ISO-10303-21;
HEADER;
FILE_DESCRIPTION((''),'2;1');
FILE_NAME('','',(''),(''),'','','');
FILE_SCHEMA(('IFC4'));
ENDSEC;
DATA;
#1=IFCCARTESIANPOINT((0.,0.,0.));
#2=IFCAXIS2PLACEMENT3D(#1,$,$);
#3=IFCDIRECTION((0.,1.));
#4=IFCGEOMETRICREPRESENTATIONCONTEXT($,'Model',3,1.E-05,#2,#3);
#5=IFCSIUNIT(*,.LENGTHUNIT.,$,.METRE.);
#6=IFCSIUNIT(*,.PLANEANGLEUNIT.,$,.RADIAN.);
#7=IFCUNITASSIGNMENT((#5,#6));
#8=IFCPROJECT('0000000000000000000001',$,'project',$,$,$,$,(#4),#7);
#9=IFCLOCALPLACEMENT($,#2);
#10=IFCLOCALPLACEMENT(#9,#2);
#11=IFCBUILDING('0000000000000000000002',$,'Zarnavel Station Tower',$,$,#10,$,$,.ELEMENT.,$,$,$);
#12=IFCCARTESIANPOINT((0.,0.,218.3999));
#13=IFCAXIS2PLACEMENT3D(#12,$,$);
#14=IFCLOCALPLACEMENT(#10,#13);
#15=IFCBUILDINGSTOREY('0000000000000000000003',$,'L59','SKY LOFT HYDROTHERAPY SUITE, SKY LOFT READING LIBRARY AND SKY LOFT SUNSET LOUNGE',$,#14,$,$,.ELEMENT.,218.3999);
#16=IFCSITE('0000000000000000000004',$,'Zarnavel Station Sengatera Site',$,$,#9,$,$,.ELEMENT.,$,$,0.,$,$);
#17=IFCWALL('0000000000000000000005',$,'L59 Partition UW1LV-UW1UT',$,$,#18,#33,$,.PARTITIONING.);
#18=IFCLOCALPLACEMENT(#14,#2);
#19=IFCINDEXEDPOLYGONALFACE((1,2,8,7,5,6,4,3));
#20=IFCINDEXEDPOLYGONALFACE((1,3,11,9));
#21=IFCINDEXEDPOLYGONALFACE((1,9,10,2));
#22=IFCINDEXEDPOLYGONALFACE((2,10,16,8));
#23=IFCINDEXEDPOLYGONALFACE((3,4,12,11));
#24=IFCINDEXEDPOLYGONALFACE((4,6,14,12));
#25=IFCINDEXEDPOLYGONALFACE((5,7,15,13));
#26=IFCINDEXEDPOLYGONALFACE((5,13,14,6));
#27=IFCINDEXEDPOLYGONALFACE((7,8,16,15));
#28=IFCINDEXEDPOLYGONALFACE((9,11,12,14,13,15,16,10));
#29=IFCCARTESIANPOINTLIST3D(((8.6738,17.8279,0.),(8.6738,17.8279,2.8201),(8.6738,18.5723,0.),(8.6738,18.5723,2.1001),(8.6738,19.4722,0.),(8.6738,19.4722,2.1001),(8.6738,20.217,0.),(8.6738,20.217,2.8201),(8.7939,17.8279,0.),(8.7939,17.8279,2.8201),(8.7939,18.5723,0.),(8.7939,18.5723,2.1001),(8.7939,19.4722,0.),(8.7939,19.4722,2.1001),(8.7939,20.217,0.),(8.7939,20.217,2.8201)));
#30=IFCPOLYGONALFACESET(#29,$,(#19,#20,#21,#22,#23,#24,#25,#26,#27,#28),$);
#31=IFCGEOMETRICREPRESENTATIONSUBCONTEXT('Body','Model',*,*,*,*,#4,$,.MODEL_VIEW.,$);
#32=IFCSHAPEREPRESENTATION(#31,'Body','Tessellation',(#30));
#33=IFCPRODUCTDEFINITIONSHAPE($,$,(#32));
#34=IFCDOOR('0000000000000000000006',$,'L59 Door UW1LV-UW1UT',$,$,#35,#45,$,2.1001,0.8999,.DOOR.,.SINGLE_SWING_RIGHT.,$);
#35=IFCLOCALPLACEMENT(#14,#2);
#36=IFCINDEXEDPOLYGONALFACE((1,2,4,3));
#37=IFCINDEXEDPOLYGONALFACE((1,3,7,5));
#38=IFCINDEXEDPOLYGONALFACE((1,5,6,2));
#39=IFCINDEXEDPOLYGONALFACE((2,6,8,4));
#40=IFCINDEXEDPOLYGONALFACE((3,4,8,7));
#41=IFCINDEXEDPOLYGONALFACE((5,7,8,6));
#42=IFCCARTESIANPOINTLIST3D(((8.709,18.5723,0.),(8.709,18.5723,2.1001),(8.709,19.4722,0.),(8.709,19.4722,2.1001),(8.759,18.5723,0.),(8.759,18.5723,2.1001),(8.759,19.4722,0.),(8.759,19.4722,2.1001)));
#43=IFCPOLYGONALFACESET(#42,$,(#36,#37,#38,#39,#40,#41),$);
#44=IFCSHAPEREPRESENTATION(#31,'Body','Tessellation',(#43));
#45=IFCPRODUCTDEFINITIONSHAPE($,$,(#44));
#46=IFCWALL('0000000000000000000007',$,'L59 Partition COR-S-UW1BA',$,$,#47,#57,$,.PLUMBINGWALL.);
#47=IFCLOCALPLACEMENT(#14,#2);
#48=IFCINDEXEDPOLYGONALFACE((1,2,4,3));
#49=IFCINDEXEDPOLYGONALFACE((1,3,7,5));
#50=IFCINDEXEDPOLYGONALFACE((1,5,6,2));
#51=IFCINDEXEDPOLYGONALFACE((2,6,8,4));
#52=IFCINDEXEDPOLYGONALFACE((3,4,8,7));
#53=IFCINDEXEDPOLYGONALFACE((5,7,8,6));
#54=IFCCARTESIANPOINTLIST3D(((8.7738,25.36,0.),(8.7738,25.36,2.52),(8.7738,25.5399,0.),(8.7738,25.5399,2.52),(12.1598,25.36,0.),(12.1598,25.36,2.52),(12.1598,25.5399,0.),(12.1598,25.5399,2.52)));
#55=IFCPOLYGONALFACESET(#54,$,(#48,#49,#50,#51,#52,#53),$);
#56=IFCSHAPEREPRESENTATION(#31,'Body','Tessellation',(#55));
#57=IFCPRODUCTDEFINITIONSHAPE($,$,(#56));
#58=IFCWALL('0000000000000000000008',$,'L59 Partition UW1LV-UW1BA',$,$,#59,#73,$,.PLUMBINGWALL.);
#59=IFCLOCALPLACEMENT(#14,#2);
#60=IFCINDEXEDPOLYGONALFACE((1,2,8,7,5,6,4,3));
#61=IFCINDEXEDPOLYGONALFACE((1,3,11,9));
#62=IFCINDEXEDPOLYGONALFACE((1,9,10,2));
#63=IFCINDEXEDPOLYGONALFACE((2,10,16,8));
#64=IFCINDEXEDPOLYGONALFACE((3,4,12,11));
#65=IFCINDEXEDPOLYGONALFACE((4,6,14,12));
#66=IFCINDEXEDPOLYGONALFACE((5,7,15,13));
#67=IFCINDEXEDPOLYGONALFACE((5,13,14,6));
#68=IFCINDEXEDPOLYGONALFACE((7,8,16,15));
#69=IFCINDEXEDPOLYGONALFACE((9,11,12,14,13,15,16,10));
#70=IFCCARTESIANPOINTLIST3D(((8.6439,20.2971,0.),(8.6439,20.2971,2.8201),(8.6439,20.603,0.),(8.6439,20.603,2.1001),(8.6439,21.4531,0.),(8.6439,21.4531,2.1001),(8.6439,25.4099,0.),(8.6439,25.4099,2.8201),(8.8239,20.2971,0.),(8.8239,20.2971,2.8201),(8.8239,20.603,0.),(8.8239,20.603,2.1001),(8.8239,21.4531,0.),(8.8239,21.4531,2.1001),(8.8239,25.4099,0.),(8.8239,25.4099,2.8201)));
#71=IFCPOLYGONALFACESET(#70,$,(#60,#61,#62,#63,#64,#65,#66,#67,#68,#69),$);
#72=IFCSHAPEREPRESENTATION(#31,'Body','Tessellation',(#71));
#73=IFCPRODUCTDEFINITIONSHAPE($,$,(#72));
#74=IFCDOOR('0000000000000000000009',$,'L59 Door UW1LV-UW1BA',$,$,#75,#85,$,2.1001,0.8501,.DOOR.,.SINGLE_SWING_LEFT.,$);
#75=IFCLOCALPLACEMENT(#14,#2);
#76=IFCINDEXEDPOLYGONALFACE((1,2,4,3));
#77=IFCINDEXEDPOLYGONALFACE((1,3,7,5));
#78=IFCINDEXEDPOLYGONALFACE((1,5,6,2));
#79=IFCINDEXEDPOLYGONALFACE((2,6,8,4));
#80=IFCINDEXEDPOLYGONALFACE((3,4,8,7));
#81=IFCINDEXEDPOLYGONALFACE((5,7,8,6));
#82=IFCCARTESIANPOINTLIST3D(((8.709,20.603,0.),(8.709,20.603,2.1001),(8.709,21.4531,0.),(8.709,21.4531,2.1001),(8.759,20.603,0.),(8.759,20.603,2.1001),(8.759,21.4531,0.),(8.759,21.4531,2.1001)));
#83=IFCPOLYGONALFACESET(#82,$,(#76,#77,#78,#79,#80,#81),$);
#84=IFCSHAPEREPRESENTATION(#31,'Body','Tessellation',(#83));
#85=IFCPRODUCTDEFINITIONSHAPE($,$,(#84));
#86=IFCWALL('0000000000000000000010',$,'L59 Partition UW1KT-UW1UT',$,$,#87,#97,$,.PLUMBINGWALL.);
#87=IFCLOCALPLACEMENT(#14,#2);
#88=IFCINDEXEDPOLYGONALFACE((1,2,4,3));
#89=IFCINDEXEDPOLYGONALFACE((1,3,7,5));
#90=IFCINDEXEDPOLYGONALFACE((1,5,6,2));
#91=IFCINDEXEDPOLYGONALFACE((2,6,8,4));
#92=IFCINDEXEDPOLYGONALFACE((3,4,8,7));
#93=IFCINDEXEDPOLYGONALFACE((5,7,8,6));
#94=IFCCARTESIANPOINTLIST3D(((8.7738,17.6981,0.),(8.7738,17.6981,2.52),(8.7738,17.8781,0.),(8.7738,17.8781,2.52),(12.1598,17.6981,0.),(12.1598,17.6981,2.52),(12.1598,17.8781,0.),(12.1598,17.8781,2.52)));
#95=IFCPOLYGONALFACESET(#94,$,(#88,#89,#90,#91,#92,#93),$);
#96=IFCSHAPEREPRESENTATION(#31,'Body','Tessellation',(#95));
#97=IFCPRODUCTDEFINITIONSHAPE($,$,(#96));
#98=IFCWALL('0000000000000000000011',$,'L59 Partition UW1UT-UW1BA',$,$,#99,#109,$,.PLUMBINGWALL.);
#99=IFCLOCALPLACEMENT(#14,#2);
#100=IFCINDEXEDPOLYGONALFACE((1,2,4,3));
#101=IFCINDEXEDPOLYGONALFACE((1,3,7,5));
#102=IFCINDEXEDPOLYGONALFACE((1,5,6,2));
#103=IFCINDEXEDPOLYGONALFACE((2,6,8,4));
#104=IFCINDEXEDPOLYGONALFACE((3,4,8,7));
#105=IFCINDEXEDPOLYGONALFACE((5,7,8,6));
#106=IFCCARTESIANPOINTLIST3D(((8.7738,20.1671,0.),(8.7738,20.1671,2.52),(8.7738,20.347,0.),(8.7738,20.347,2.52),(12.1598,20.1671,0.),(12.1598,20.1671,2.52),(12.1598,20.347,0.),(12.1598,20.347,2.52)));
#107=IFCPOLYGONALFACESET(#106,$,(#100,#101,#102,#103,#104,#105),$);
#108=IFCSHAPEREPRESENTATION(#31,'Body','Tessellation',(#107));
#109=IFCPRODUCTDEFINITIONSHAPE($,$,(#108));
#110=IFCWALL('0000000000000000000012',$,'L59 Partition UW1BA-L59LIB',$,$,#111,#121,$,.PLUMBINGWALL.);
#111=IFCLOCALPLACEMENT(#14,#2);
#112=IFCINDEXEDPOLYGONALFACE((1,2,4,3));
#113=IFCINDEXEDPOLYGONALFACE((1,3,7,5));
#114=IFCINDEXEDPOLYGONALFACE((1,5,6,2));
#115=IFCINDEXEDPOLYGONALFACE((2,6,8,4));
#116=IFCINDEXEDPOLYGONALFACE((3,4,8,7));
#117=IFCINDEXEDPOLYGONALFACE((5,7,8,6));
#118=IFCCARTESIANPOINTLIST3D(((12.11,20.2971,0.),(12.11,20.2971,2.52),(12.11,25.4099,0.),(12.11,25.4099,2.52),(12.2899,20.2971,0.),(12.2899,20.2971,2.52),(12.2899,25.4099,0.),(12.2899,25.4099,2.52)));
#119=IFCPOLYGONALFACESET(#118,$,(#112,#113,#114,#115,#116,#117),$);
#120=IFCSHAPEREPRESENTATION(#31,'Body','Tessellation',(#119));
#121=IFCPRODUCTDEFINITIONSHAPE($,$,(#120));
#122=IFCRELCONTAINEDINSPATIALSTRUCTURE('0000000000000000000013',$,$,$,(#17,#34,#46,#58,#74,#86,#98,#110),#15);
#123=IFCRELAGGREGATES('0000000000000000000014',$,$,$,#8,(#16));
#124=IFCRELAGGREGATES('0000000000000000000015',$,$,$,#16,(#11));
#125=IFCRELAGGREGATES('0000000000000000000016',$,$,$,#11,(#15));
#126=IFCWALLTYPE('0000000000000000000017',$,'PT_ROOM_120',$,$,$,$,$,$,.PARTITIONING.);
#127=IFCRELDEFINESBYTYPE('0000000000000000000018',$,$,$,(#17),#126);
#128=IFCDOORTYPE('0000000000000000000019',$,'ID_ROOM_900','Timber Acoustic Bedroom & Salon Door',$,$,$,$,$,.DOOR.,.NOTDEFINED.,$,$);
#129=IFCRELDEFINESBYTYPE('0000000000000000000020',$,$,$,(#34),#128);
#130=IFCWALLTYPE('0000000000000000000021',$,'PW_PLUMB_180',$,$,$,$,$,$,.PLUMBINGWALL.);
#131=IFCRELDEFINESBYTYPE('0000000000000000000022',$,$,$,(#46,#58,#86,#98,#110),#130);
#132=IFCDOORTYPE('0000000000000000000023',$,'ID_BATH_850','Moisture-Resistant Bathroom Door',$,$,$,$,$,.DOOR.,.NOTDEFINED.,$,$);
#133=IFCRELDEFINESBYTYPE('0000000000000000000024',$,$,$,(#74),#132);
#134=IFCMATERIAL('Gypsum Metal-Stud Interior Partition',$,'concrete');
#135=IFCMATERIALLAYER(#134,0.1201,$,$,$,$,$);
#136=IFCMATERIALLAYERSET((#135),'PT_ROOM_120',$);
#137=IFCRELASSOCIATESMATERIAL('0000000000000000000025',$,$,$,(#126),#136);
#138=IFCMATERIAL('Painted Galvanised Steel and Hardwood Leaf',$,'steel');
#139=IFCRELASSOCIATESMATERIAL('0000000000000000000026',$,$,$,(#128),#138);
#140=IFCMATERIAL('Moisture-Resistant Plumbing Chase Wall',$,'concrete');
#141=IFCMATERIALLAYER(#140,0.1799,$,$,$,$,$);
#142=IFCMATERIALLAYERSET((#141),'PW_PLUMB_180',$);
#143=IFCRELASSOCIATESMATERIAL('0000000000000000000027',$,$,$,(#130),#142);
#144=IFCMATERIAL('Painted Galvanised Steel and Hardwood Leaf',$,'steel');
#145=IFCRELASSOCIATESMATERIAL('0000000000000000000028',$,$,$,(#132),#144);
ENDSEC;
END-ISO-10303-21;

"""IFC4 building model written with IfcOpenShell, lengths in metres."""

from ifc_helpers import new_model, si_unit, direction, frame, frame_2d, origin, place, context, subcontext, project, spatial, rectangle, extrude, material, layer, layer_set, type_object, element, fill, save


model = new_model("IFC4")

# Units and contexts
model_context = context("Model", 3, precision=1e-05, world=origin(), true_north=direction((0.0, 1.0)))
body_context = subcontext(model_context, "Body", "Model", "MODEL_VIEW")
ifc_project = project(units=[si_unit("LENGTHUNIT", "METRE"), si_unit("PLANEANGLEUNIT", "RADIAN")], contexts=[model_context])

# Site, building, storey
site_placement = place(None, origin())
site = spatial("IfcSite", under=ifc_project, at=site_placement, Name="Zarnavel Station Sengatera Site", CompositionType="ELEMENT", RefElevation=0.0)
building_placement = place(site_placement, origin())
building = spatial("IfcBuilding", under=site, at=building_placement, Name="Zarnavel Station Tower", CompositionType="ELEMENT")
storey_placement = place(building_placement, frame((0.0, 0.0, 218.3999)))
storey = spatial("IfcBuildingStorey", under=building, at=storey_placement, Name="L59", Description="SKY LOFT HYDROTHERAPY SUITE, SKY LOFT READING LIBRARY AND SKY LOFT SUNSET LOUNGE", CompositionType="ELEMENT", Elevation=218.3999)

# Wall, opening, door
ifc_material_1 = material(Name="Gypsum Metal-Stud Interior Partition", Category="concrete")
ifc_layer_1 = layer(ifc_material_1, 0.1201)
ifc_layer_set_1 = layer_set([ifc_layer_1], Name="PT_ROOM_120")
wall_type_1 = type_object("IfcWallType", Name="PT_ROOM_120", PredefinedType="PARTITIONING", material=ifc_layer_set_1)
ifc_material_2 = material(Name="Painted Galvanised Steel and Hardwood Leaf", Category="steel")
door_type_1 = type_object("IfcDoorType", Name="ID_ROOM_900", Description="Timber Acoustic Bedroom & Salon Door", OperationType="NOTDEFINED", PredefinedType="DOOR", material=ifc_material_2)
wall_1_placement = place(storey_placement, frame((8.7339, 17.8279, 0.0), z_axis=(0.0, 0.0, 1.0), x_axis=(0.0, 1.0, 0.0)))
wall_1 = element("IfcWall", 1, at=wall_1_placement, inside=storey, type_object=wall_type_1, Name="L59 Partition UW1LV-UW1UT", PredefinedType="PARTITIONING", context=body_context, shape_type="SweptSolid", body=[
    extrude(rectangle(XDim=2.3892, YDim=0.1201, at=frame_2d((1.1946, 0.0))), origin(), (0.0, 0.0, 1.0), 2.8201),
])
opening_1_placement = place(wall_1_placement, frame((0.7444, 0.0, 0.0)))
opening_1 = element("IfcOpeningElement", 2, at=opening_1_placement, cuts=wall_1, PredefinedType="OPENING", context=body_context, shape_type="SweptSolid", body=[
    extrude(rectangle(XDim=0.8999, YDim=2.1001, at=frame_2d((0.45, 1.05))), frame((0.0, 0.0701, 0.0), z_axis=(0.0, -1.0, 0.0), x_axis=(1.0, 0.0, 0.0)), (0.0, 0.0, 1.0), 0.1401),
])
door_1_placement = place(opening_1_placement, origin())
door_1 = element("IfcDoor", 3, at=door_1_placement, inside=storey, type_object=door_type_1, Name="L59 Door UW1LV-UW1UT", OperationType="SINGLE_SWING_RIGHT", OverallHeight=2.1001, OverallWidth=0.8999, PredefinedType="DOOR", context=body_context, shape_type="SweptSolid", body=[
    extrude(rectangle(XDim=0.8999, YDim=2.1001, at=frame_2d((0.45, 1.05))), frame((0.0, 0.0249, 0.0), z_axis=(0.0, -1.0, 0.0), x_axis=(1.0, 0.0, 0.0)), (0.0, 0.0, 1.0), 0.05),
])
fill(opening_1, door_1)

# Wall
ifc_material_3 = material(Name="Moisture-Resistant Plumbing Chase Wall", Category="concrete")
ifc_layer_2 = layer(ifc_material_3, 0.1799)
ifc_layer_set_2 = layer_set([ifc_layer_2], Name="PW_PLUMB_180")
wall_type_2 = type_object("IfcWallType", Name="PW_PLUMB_180", PredefinedType="PLUMBINGWALL", material=ifc_layer_set_2)
wall_2_placement = place(storey_placement, frame((8.7739, 25.45, 0.0), z_axis=(0.0, 0.0, 1.0), x_axis=(1.0, 0.0, 0.0)))
element("IfcWall", 4, at=wall_2_placement, inside=storey, type_object=wall_type_2, Name="L59 Partition COR-S-UW1BA", PredefinedType="PLUMBINGWALL", context=body_context, shape_type="SweptSolid", body=[
    extrude(rectangle(XDim=3.386, YDim=0.1799, at=frame_2d((1.6929, 0.0))), origin(), (0.0, 0.0, 1.0), 2.52),
])

# Wall, opening, door
wall_3_placement = place(storey_placement, frame((8.7339, 20.2971, 0.0), z_axis=(0.0, 0.0, 1.0), x_axis=(0.0, 1.0, 0.0)))
wall_3 = element("IfcWall", 5, at=wall_3_placement, inside=storey, type_object=wall_type_2, Name="L59 Partition UW1LV-UW1BA", PredefinedType="PLUMBINGWALL", context=body_context, shape_type="SweptSolid", body=[
    extrude(rectangle(XDim=5.1128, YDim=0.1799, at=frame_2d((2.5564, 0.0))), origin(), (0.0, 0.0, 1.0), 2.8201),
])
opening_2_placement = place(wall_3_placement, frame((0.3059, 0.0, 0.0)))
opening_2 = element("IfcOpeningElement", 6, at=opening_2_placement, cuts=wall_3, PredefinedType="OPENING", context=body_context, shape_type="SweptSolid", body=[
    extrude(rectangle(XDim=0.8501, YDim=2.1001, at=frame_2d((0.425, 1.05))), frame((0.0, 0.0999, 0.0), z_axis=(0.0, -1.0, 0.0), x_axis=(1.0, 0.0, 0.0)), (0.0, 0.0, 1.0), 0.2),
])
ifc_material_4 = material(Name="Painted Galvanised Steel and Hardwood Leaf", Category="steel")
door_type_2 = type_object("IfcDoorType", Name="ID_BATH_850", Description="Moisture-Resistant Bathroom Door", OperationType="NOTDEFINED", PredefinedType="DOOR", material=ifc_material_4)
door_2_placement = place(opening_2_placement, origin())
door_2 = element("IfcDoor", 7, at=door_2_placement, inside=storey, type_object=door_type_2, Name="L59 Door UW1LV-UW1BA", OperationType="SINGLE_SWING_LEFT", OverallHeight=2.1001, OverallWidth=0.8501, PredefinedType="DOOR", context=body_context, shape_type="SweptSolid", body=[
    extrude(rectangle(XDim=0.8501, YDim=2.1001, at=frame_2d((0.425, 1.05))), frame((0.0, 0.0249, 0.0), z_axis=(0.0, -1.0, 0.0), x_axis=(1.0, 0.0, 0.0)), (0.0, 0.0, 1.0), 0.05),
])
fill(opening_2, door_2)

# Walls
for number, where, z_axis, x_axis, name in (
    (8, (8.7739, 17.7881, 0.0), (0.0, 0.0, 1.0), (1.0, 0.0, 0.0), "L59 Partition UW1KT-UW1UT"),
    (9, (8.7739, 20.2571, 0.0), (0.0, 0.0, 1.0), (1.0, 0.0, 0.0), "L59 Partition UW1UT-UW1BA"),
):
    element("IfcWall", number, at=place(storey_placement, frame(where, z_axis=z_axis, x_axis=x_axis)), inside=storey, type_object=wall_type_2, Name=name, PredefinedType="PLUMBINGWALL", context=body_context, shape_type="SweptSolid", body=[
        extrude(rectangle(XDim=3.386, YDim=0.1799, at=frame_2d((1.6929, 0.0))), origin(), (0.0, 0.0, 1.0), 2.52),
    ])
wall_4_placement = place(storey_placement, frame((12.2, 20.2971, 0.0), z_axis=(0.0, 0.0, 1.0), x_axis=(0.0, 1.0, 0.0)))
element("IfcWall", 10, at=wall_4_placement, inside=storey, type_object=wall_type_2, Name="L59 Partition UW1BA-L59LIB", PredefinedType="PLUMBINGWALL", context=body_context, shape_type="SweptSolid", body=[
    extrude(rectangle(XDim=5.1128, YDim=0.1799, at=frame_2d((2.5564, 0.0))), origin(), (0.0, 0.0, 1.0), 2.52),
])

save(model, "model.ifc")
